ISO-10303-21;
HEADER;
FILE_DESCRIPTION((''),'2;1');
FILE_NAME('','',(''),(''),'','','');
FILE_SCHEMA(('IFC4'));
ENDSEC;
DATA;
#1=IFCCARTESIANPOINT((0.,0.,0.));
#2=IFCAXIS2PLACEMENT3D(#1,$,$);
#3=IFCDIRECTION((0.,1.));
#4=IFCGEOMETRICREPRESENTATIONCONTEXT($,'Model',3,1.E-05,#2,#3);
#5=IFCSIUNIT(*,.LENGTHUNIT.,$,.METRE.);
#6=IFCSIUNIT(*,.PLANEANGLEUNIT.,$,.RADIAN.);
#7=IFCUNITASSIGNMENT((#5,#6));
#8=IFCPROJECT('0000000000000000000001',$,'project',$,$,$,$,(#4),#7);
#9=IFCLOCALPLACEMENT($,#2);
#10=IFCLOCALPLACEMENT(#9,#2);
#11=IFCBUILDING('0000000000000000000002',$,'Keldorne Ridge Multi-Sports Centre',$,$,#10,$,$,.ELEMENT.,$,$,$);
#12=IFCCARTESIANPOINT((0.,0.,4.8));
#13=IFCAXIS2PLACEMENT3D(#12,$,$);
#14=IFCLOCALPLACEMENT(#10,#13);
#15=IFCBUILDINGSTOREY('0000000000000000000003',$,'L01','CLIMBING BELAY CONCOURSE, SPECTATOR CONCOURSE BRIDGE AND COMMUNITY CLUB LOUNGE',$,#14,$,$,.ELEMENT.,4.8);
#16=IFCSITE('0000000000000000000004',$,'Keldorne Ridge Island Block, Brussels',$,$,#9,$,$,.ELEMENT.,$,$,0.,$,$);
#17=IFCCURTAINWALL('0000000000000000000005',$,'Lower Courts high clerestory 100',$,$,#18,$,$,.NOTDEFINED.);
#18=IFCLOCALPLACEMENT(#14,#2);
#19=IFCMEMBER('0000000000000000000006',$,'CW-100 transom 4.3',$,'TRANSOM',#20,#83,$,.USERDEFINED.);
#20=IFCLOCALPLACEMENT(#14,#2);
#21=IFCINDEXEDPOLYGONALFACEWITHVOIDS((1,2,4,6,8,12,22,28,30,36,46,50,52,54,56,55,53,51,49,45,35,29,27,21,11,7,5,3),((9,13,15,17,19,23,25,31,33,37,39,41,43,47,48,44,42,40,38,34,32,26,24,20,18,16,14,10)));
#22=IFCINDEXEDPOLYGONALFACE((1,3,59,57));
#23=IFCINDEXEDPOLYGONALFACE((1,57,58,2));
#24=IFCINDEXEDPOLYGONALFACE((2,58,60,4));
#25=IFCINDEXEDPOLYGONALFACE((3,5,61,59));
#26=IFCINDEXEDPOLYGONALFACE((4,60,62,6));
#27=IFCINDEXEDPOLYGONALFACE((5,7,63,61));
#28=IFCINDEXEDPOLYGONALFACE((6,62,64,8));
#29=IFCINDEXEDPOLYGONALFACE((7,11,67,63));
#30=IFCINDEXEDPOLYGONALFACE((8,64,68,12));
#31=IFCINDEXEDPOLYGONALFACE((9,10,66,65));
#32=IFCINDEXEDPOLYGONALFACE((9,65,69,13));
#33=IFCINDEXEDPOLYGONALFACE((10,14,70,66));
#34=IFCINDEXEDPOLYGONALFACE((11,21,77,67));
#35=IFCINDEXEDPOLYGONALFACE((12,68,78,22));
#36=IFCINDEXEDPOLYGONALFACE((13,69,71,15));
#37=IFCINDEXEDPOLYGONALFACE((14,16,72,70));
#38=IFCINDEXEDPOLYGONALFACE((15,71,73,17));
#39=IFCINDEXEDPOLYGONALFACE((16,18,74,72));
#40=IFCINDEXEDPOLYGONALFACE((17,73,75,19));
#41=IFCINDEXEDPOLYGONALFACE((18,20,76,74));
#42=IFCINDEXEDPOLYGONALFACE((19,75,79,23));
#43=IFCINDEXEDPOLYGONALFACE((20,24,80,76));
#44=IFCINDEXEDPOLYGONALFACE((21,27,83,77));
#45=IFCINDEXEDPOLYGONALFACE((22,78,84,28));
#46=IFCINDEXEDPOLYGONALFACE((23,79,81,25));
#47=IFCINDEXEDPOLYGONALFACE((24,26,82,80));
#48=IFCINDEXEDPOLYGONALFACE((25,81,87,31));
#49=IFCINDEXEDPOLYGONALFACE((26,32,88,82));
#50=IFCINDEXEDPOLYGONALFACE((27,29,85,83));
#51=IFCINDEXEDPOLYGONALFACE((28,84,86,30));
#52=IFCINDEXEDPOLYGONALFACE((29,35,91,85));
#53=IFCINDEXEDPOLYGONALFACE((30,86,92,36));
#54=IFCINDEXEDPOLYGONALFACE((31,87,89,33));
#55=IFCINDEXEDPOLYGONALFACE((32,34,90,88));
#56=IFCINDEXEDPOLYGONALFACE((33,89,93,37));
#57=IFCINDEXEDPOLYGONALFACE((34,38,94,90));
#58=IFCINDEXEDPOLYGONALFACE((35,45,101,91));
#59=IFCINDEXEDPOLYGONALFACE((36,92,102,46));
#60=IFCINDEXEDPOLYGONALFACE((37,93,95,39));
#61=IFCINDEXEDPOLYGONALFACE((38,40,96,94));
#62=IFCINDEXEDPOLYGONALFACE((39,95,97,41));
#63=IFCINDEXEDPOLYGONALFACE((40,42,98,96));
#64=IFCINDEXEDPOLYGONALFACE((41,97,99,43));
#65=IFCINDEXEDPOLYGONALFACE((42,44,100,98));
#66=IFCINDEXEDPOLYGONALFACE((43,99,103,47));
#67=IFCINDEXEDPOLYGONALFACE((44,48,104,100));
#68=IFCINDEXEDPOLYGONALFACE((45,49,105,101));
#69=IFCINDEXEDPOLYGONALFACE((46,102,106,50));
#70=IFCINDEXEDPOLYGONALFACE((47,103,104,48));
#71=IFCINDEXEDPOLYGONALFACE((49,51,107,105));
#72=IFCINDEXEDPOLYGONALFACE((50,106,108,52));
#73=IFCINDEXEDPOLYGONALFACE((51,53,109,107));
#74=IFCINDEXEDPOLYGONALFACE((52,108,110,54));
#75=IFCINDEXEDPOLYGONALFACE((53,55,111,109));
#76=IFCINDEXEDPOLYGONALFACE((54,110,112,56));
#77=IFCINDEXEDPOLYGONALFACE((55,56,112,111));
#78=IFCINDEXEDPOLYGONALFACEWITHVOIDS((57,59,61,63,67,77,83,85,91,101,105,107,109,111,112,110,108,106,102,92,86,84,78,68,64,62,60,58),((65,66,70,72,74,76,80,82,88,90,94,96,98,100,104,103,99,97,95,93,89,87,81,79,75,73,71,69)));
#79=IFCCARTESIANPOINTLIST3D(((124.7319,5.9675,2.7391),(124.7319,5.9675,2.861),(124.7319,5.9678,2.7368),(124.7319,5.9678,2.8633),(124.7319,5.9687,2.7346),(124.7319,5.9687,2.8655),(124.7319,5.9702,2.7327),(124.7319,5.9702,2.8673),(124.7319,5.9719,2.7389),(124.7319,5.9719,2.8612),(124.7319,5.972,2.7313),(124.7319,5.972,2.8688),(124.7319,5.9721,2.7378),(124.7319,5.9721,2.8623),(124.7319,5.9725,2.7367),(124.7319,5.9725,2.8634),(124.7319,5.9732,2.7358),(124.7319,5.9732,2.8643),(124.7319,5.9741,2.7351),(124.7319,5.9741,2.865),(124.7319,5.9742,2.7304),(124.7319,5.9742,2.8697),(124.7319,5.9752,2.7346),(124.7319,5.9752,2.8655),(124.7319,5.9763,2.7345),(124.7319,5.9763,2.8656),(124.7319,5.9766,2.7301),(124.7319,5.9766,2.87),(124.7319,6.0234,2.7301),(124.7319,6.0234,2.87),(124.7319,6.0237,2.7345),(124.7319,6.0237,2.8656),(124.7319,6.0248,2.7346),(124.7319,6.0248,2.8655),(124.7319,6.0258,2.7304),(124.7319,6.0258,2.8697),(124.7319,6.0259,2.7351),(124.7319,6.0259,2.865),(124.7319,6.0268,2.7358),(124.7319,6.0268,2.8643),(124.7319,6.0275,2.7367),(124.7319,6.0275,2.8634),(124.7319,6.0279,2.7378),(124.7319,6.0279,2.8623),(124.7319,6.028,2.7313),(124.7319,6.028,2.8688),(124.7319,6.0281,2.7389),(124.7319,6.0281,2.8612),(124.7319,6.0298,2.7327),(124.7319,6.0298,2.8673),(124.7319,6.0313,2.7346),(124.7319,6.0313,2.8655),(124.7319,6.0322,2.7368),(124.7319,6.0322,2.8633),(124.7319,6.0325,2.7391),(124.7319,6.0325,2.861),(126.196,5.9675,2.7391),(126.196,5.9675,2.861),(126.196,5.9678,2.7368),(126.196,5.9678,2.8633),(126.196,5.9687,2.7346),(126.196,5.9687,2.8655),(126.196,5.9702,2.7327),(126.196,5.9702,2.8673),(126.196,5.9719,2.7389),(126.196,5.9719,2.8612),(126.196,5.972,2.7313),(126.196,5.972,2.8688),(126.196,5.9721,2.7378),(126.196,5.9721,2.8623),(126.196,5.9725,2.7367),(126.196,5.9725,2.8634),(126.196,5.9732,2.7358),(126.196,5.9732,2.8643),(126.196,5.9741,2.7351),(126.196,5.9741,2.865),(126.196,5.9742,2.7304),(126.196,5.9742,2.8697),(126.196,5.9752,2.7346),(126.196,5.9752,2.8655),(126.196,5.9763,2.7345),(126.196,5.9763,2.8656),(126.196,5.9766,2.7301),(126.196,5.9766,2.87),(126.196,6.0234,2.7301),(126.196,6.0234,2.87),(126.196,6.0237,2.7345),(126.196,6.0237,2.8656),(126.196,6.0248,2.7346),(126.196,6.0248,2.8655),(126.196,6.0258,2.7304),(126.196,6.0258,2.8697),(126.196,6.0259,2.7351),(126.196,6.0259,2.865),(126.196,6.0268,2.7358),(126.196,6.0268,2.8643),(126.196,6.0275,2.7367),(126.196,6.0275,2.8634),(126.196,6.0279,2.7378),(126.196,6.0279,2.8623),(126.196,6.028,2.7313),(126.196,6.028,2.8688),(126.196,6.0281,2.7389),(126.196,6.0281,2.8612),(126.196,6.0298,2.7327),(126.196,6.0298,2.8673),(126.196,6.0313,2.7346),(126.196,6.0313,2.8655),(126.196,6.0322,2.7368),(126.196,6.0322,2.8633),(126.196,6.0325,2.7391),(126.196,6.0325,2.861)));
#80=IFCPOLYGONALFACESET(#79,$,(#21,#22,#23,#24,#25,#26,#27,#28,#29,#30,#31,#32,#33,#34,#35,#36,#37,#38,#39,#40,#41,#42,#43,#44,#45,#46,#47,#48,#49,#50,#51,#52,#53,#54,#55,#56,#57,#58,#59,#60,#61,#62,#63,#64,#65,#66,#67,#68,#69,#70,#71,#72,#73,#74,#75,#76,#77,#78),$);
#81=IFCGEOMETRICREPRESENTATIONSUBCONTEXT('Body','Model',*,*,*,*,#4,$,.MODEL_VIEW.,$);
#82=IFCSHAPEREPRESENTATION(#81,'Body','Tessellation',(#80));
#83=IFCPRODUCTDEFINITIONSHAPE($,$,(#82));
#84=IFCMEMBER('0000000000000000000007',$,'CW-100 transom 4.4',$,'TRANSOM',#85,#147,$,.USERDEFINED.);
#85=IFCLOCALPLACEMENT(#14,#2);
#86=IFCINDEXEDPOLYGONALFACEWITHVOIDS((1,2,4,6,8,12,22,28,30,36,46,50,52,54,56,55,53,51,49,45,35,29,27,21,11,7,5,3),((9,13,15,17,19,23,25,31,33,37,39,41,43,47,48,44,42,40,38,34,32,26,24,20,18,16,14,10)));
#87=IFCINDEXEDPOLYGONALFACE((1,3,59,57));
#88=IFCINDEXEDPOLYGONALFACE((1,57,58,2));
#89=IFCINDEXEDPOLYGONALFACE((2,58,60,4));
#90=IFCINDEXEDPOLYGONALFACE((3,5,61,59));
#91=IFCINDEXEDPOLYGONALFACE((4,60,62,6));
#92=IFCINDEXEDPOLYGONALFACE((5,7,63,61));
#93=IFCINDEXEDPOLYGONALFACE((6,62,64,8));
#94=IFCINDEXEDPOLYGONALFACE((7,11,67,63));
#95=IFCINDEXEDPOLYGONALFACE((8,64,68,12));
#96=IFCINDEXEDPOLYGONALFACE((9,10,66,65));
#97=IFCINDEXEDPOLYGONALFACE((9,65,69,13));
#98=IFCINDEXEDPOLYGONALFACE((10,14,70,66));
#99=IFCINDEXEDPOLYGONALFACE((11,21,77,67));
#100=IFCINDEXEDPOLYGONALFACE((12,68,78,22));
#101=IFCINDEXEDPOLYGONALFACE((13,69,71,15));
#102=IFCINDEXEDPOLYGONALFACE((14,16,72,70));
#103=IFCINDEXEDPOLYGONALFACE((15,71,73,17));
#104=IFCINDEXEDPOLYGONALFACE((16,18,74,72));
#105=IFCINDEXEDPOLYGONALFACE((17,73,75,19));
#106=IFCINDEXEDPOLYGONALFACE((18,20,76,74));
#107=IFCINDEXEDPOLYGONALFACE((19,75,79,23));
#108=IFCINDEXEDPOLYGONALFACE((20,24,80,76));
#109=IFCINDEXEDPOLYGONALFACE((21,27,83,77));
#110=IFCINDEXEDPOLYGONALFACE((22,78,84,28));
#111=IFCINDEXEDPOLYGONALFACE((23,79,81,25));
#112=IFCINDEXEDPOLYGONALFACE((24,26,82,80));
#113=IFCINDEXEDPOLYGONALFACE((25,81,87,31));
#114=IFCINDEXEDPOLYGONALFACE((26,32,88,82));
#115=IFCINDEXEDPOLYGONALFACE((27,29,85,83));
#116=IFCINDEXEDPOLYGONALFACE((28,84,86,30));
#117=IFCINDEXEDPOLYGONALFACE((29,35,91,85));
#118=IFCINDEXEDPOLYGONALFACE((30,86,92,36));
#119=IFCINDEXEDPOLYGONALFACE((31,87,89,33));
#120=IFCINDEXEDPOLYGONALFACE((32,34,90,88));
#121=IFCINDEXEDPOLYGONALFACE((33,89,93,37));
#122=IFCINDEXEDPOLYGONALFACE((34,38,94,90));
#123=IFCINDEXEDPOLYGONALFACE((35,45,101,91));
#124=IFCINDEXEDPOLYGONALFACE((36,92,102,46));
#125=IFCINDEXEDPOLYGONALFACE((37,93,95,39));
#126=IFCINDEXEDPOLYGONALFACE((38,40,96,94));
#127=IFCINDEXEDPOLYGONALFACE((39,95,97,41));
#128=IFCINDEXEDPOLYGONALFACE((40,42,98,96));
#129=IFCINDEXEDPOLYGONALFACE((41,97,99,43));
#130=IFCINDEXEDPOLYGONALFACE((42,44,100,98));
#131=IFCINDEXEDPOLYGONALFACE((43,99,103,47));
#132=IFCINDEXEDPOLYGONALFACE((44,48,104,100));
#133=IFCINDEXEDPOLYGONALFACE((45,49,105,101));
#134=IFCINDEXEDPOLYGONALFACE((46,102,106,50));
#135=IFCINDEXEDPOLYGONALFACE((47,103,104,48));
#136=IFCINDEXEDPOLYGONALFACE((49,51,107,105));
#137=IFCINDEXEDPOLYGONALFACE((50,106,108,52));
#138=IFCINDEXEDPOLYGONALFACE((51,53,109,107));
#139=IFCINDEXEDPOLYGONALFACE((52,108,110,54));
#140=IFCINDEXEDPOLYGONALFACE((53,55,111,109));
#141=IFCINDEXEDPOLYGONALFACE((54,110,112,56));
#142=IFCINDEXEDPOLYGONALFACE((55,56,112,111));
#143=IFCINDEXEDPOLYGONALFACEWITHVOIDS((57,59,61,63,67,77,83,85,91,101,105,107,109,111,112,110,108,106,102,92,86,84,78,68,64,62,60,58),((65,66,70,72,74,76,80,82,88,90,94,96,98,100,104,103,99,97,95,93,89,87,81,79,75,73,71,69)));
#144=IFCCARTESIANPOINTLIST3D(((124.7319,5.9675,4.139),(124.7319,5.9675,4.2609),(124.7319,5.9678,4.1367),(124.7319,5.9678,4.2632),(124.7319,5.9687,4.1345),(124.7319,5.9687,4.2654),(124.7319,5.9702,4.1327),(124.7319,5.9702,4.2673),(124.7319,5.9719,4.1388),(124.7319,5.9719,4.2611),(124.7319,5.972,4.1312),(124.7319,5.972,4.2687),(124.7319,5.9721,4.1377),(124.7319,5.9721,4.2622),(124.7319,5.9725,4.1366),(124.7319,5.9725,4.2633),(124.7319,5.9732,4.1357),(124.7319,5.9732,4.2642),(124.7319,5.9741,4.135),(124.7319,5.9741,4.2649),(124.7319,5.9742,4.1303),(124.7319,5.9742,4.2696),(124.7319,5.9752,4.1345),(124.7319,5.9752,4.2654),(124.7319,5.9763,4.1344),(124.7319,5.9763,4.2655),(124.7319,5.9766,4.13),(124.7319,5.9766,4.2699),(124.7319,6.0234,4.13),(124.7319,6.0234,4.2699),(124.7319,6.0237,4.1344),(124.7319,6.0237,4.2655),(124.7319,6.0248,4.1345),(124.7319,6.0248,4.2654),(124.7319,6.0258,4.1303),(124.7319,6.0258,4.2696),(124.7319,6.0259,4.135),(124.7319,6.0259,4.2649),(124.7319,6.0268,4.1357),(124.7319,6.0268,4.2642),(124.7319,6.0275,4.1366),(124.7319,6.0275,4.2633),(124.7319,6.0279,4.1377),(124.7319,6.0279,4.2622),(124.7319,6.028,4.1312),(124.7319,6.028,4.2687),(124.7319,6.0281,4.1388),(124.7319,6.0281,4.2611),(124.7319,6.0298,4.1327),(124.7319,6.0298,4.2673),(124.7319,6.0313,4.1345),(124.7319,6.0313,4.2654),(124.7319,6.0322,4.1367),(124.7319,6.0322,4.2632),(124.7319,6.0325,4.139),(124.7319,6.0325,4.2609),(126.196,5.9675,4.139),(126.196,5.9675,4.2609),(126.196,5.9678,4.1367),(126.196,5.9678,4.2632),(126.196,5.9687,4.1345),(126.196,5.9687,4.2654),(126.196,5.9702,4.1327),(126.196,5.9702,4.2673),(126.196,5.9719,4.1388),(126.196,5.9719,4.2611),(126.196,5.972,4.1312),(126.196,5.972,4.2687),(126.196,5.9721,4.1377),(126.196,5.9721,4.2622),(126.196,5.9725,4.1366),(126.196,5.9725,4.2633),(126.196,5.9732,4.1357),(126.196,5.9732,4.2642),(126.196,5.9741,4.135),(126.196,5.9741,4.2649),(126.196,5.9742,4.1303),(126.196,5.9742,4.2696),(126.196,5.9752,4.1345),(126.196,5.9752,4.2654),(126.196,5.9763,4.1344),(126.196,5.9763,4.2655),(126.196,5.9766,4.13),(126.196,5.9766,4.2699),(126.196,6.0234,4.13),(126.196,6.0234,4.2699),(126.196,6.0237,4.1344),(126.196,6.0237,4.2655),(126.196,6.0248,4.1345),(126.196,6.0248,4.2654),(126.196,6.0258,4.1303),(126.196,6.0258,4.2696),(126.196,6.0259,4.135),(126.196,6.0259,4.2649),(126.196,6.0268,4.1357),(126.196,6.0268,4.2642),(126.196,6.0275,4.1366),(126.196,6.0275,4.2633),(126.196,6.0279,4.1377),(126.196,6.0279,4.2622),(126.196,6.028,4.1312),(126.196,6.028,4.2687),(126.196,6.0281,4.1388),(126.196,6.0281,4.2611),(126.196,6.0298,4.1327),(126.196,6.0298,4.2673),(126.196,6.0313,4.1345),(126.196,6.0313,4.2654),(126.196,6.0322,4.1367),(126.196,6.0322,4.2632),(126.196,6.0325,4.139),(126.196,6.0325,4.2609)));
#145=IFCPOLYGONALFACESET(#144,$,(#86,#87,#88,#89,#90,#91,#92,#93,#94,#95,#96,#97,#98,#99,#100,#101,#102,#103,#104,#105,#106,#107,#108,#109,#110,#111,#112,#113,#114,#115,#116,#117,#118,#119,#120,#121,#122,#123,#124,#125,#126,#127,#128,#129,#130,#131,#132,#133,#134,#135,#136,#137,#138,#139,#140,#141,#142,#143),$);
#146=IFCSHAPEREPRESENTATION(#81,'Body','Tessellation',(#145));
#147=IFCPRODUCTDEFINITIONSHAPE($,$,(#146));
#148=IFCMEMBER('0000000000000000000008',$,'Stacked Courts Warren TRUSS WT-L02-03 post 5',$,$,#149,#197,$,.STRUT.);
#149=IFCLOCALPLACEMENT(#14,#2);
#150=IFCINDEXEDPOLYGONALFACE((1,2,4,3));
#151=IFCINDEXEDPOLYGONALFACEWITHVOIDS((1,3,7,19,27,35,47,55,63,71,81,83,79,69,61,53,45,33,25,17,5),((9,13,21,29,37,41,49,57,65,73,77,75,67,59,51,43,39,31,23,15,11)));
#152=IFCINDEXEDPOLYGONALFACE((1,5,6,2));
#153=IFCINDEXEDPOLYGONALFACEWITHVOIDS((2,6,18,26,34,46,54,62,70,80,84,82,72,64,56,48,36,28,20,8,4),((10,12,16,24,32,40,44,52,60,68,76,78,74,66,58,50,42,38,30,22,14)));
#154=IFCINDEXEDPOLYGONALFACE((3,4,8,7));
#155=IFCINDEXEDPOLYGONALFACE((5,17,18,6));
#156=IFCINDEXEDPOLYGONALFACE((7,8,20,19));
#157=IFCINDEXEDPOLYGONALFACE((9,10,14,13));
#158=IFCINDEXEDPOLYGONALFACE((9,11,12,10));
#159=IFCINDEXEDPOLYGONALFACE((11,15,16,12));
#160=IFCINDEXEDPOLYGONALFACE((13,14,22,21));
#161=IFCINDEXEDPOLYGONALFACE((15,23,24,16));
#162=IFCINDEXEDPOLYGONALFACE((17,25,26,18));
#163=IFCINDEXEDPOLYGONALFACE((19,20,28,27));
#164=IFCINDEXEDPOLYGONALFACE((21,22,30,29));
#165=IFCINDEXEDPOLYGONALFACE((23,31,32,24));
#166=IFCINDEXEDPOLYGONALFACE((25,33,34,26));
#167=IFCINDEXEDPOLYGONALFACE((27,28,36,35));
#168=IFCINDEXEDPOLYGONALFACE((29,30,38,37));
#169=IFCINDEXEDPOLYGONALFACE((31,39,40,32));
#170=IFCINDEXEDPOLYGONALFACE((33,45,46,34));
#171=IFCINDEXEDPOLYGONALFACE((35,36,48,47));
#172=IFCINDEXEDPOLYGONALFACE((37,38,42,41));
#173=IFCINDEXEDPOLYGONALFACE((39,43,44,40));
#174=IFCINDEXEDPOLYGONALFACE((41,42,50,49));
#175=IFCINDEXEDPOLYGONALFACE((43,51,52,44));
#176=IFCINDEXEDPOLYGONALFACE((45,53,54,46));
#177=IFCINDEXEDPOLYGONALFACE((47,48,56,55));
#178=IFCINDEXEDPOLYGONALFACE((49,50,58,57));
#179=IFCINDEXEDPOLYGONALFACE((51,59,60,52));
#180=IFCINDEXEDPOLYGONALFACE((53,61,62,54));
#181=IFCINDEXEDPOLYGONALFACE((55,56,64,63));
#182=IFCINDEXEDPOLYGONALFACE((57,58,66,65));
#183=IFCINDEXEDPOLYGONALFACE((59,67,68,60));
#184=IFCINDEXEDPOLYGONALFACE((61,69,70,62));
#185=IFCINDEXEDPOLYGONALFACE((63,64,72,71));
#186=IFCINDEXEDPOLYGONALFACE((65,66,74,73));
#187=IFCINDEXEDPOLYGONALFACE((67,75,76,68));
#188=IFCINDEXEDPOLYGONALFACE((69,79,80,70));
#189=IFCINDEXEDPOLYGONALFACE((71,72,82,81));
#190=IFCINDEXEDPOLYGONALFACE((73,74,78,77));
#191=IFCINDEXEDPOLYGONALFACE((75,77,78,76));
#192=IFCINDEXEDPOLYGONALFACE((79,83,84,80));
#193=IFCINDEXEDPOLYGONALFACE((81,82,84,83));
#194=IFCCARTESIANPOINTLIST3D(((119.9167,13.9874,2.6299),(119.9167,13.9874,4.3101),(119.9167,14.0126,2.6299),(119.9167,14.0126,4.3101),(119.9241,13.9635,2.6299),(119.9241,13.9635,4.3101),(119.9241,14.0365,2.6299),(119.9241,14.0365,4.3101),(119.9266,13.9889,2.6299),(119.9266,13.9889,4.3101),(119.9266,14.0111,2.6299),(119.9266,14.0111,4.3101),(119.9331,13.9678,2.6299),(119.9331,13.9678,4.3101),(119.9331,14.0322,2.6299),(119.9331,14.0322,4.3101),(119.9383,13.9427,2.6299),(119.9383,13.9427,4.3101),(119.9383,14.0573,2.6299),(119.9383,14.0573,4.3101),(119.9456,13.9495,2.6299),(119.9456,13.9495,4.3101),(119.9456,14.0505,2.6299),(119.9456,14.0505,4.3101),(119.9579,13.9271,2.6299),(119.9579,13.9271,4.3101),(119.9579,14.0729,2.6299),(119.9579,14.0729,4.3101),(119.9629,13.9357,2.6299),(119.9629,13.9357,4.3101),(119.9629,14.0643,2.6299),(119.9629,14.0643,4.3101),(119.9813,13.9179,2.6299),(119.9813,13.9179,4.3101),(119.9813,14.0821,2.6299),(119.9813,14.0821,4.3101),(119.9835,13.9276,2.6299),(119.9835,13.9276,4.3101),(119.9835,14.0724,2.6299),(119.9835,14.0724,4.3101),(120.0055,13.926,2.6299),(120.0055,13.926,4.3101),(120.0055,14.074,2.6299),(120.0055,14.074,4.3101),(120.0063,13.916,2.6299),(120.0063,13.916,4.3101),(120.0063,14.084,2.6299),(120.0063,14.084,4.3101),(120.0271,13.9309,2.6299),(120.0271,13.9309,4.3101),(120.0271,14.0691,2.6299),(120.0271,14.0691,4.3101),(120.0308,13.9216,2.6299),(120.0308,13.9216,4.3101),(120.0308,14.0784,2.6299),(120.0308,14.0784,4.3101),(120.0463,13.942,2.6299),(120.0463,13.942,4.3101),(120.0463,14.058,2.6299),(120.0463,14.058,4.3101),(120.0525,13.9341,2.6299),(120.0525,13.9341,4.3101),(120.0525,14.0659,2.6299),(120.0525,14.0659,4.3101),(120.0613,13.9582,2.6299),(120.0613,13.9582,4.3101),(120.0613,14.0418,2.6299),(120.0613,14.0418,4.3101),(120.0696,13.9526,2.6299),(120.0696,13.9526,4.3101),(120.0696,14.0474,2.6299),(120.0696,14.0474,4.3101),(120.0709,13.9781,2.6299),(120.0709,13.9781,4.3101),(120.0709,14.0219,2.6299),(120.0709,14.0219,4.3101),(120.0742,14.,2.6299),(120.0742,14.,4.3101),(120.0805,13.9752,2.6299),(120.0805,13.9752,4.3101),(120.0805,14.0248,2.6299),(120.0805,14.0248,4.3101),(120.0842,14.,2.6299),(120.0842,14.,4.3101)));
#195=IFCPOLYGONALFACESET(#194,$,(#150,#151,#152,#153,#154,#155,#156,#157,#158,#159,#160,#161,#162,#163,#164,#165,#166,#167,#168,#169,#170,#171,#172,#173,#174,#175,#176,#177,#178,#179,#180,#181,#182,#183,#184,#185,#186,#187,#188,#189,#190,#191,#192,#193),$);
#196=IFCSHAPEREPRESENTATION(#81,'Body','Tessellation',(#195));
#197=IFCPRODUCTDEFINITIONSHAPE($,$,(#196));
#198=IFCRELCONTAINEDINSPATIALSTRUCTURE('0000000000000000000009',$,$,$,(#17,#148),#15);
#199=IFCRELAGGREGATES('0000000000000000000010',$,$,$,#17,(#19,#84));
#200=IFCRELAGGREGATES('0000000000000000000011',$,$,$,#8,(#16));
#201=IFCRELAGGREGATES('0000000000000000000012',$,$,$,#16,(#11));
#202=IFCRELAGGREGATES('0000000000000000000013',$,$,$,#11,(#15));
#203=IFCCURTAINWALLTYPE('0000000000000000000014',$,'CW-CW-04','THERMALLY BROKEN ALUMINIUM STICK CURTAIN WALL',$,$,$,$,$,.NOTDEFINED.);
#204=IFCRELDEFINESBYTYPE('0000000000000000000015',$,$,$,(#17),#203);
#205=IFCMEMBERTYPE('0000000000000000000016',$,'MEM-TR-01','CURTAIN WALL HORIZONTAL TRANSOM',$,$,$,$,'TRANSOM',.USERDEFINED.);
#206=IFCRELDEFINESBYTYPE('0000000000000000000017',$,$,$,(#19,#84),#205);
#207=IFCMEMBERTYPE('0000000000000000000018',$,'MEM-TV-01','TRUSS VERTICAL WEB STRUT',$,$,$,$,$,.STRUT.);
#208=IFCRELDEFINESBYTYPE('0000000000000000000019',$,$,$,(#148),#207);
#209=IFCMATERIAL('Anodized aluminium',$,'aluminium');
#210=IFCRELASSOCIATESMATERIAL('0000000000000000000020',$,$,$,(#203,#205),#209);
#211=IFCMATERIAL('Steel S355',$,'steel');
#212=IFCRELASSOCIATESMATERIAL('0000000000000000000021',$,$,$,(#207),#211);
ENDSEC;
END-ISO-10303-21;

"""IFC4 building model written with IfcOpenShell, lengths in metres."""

from ifc_helpers import new_model, si_unit, direction, frame, origin, origin_2d, place, context, subcontext, project, spatial, hollow_rectangle, hollow_circle, extrude, material, material_profile, profile_set, type_object, element, aggregate, save


model = new_model("IFC4")

# Units and contexts
model_context = context("Model", 3, precision=1e-05, world=origin(), true_north=direction((0.0, 1.0)))
body_context = subcontext(model_context, "Body", "Model", "MODEL_VIEW")
ifc_project = project(units=[si_unit("LENGTHUNIT", "METRE"), si_unit("PLANEANGLEUNIT", "RADIAN")], contexts=[model_context])

# Site, building, storey
site_placement = place(None, origin())
site = spatial("IfcSite", under=ifc_project, at=site_placement, Name="Keldorne Ridge Island Block, Brussels", CompositionType="ELEMENT", RefElevation=0.0)
building_placement = place(site_placement, origin())
building = spatial("IfcBuilding", under=site, at=building_placement, Name="Keldorne Ridge Multi-Sports Centre", CompositionType="ELEMENT")
storey_placement = place(building_placement, frame((0.0, 0.0, 4.8)))
storey = spatial("IfcBuildingStorey", under=building, at=storey_placement, Name="L01", Description="CLIMBING BELAY CONCOURSE, SPECTATOR CONCOURSE BRIDGE AND COMMUNITY CLUB LOUNGE", CompositionType="ELEMENT", Elevation=4.8)

# Curtain wall, members
ifc_material_1 = material(Name="Anodized aluminium", Category="aluminium")
curtain_wall_type = type_object("IfcCurtainWallType", Name="CW-CW-04", Description="THERMALLY BROKEN ALUMINIUM STICK CURTAIN WALL", PredefinedType="NOTDEFINED", material=ifc_material_1)
curtain_wall_placement = place(storey_placement, origin())
curtain_wall = element("IfcCurtainWall", 1, at=curtain_wall_placement, inside=storey, type_object=curtain_wall_type, Name="Lower Courts high clerestory 100", PredefinedType="NOTDEFINED")
ifc_material_profile_1 = material_profile(ifc_material_1, hollow_rectangle(XDim=0.0649, YDim=0.1399, WallThickness=0.0044, InnerFilletRadius=0.0044, OuterFilletRadius=0.009, at=origin_2d()), Name="ALU TRANSOM 140x65x4.5")
ifc_profile_set_1 = profile_set([ifc_material_profile_1], Name="Anodized aluminium")
member_type_1 = type_object("IfcMemberType", Name="MEM-TR-01", Description="CURTAIN WALL HORIZONTAL TRANSOM", ElementType="TRANSOM", PredefinedType="USERDEFINED", material=ifc_profile_set_1)
member_1_placement = place(storey_placement, frame((124.7319, 6.0, 2.8), z_axis=(1.0, 0.0, 0.0), x_axis=(0.0, 1.0, 0.0)))
member_1 = element("IfcMember", 2, at=member_1_placement, type_object=member_type_1, Name="CW-100 transom 4.3", ObjectType="TRANSOM", PredefinedType="USERDEFINED", context=body_context, shape_type="SweptSolid", body=[
    extrude(hollow_rectangle(XDim=0.0649, YDim=0.1399, WallThickness=0.0044, InnerFilletRadius=0.0044, OuterFilletRadius=0.009, at=origin_2d()), origin(), (0.0, 0.0, 1.0), 1.4641),
])
member_2_placement = place(storey_placement, frame((124.7319, 6.0, 4.2), z_axis=(1.0, 0.0, 0.0), x_axis=(0.0, 1.0, 0.0)))
member_2 = element("IfcMember", 3, at=member_2_placement, type_object=member_type_1, Name="CW-100 transom 4.4", ObjectType="TRANSOM", PredefinedType="USERDEFINED", context=body_context, shape_type="SweptSolid", body=[
    extrude(hollow_rectangle(XDim=0.0649, YDim=0.1399, WallThickness=0.0044, InnerFilletRadius=0.0044, OuterFilletRadius=0.009, at=origin_2d()), origin(), (0.0, 0.0, 1.0), 1.4641),
])

# Member
ifc_material_2 = material(Name="Steel S355", Category="steel")
ifc_material_profile_2 = material_profile(ifc_material_2, hollow_circle(Radius=0.0842, WallThickness=0.01, at=origin_2d()), Name="CHS 168.3x10")
ifc_profile_set_2 = profile_set([ifc_material_profile_2], Name="Steel S355")
member_type_2 = type_object("IfcMemberType", Name="MEM-TV-01", Description="TRUSS VERTICAL WEB STRUT", PredefinedType="STRUT", material=ifc_profile_set_2)
member_3_placement = place(storey_placement, frame((120.0, 14.0, 2.6299), z_axis=(0.0, 0.0, 1.0), x_axis=(1.0, 0.0, 0.0)))
element("IfcMember", 4, at=member_3_placement, inside=storey, type_object=member_type_2, Name="Stacked Courts Warren TRUSS WT-L02-03 post 5", PredefinedType="STRUT", context=body_context, shape_type="SweptSolid", body=[
    extrude(hollow_circle(Radius=0.0842, WallThickness=0.01, at=origin_2d()), origin(), (0.0, 0.0, 1.0), 1.6802),
])

aggregate(curtain_wall, [member_1, member_2])

save(model, "model.ifc")
